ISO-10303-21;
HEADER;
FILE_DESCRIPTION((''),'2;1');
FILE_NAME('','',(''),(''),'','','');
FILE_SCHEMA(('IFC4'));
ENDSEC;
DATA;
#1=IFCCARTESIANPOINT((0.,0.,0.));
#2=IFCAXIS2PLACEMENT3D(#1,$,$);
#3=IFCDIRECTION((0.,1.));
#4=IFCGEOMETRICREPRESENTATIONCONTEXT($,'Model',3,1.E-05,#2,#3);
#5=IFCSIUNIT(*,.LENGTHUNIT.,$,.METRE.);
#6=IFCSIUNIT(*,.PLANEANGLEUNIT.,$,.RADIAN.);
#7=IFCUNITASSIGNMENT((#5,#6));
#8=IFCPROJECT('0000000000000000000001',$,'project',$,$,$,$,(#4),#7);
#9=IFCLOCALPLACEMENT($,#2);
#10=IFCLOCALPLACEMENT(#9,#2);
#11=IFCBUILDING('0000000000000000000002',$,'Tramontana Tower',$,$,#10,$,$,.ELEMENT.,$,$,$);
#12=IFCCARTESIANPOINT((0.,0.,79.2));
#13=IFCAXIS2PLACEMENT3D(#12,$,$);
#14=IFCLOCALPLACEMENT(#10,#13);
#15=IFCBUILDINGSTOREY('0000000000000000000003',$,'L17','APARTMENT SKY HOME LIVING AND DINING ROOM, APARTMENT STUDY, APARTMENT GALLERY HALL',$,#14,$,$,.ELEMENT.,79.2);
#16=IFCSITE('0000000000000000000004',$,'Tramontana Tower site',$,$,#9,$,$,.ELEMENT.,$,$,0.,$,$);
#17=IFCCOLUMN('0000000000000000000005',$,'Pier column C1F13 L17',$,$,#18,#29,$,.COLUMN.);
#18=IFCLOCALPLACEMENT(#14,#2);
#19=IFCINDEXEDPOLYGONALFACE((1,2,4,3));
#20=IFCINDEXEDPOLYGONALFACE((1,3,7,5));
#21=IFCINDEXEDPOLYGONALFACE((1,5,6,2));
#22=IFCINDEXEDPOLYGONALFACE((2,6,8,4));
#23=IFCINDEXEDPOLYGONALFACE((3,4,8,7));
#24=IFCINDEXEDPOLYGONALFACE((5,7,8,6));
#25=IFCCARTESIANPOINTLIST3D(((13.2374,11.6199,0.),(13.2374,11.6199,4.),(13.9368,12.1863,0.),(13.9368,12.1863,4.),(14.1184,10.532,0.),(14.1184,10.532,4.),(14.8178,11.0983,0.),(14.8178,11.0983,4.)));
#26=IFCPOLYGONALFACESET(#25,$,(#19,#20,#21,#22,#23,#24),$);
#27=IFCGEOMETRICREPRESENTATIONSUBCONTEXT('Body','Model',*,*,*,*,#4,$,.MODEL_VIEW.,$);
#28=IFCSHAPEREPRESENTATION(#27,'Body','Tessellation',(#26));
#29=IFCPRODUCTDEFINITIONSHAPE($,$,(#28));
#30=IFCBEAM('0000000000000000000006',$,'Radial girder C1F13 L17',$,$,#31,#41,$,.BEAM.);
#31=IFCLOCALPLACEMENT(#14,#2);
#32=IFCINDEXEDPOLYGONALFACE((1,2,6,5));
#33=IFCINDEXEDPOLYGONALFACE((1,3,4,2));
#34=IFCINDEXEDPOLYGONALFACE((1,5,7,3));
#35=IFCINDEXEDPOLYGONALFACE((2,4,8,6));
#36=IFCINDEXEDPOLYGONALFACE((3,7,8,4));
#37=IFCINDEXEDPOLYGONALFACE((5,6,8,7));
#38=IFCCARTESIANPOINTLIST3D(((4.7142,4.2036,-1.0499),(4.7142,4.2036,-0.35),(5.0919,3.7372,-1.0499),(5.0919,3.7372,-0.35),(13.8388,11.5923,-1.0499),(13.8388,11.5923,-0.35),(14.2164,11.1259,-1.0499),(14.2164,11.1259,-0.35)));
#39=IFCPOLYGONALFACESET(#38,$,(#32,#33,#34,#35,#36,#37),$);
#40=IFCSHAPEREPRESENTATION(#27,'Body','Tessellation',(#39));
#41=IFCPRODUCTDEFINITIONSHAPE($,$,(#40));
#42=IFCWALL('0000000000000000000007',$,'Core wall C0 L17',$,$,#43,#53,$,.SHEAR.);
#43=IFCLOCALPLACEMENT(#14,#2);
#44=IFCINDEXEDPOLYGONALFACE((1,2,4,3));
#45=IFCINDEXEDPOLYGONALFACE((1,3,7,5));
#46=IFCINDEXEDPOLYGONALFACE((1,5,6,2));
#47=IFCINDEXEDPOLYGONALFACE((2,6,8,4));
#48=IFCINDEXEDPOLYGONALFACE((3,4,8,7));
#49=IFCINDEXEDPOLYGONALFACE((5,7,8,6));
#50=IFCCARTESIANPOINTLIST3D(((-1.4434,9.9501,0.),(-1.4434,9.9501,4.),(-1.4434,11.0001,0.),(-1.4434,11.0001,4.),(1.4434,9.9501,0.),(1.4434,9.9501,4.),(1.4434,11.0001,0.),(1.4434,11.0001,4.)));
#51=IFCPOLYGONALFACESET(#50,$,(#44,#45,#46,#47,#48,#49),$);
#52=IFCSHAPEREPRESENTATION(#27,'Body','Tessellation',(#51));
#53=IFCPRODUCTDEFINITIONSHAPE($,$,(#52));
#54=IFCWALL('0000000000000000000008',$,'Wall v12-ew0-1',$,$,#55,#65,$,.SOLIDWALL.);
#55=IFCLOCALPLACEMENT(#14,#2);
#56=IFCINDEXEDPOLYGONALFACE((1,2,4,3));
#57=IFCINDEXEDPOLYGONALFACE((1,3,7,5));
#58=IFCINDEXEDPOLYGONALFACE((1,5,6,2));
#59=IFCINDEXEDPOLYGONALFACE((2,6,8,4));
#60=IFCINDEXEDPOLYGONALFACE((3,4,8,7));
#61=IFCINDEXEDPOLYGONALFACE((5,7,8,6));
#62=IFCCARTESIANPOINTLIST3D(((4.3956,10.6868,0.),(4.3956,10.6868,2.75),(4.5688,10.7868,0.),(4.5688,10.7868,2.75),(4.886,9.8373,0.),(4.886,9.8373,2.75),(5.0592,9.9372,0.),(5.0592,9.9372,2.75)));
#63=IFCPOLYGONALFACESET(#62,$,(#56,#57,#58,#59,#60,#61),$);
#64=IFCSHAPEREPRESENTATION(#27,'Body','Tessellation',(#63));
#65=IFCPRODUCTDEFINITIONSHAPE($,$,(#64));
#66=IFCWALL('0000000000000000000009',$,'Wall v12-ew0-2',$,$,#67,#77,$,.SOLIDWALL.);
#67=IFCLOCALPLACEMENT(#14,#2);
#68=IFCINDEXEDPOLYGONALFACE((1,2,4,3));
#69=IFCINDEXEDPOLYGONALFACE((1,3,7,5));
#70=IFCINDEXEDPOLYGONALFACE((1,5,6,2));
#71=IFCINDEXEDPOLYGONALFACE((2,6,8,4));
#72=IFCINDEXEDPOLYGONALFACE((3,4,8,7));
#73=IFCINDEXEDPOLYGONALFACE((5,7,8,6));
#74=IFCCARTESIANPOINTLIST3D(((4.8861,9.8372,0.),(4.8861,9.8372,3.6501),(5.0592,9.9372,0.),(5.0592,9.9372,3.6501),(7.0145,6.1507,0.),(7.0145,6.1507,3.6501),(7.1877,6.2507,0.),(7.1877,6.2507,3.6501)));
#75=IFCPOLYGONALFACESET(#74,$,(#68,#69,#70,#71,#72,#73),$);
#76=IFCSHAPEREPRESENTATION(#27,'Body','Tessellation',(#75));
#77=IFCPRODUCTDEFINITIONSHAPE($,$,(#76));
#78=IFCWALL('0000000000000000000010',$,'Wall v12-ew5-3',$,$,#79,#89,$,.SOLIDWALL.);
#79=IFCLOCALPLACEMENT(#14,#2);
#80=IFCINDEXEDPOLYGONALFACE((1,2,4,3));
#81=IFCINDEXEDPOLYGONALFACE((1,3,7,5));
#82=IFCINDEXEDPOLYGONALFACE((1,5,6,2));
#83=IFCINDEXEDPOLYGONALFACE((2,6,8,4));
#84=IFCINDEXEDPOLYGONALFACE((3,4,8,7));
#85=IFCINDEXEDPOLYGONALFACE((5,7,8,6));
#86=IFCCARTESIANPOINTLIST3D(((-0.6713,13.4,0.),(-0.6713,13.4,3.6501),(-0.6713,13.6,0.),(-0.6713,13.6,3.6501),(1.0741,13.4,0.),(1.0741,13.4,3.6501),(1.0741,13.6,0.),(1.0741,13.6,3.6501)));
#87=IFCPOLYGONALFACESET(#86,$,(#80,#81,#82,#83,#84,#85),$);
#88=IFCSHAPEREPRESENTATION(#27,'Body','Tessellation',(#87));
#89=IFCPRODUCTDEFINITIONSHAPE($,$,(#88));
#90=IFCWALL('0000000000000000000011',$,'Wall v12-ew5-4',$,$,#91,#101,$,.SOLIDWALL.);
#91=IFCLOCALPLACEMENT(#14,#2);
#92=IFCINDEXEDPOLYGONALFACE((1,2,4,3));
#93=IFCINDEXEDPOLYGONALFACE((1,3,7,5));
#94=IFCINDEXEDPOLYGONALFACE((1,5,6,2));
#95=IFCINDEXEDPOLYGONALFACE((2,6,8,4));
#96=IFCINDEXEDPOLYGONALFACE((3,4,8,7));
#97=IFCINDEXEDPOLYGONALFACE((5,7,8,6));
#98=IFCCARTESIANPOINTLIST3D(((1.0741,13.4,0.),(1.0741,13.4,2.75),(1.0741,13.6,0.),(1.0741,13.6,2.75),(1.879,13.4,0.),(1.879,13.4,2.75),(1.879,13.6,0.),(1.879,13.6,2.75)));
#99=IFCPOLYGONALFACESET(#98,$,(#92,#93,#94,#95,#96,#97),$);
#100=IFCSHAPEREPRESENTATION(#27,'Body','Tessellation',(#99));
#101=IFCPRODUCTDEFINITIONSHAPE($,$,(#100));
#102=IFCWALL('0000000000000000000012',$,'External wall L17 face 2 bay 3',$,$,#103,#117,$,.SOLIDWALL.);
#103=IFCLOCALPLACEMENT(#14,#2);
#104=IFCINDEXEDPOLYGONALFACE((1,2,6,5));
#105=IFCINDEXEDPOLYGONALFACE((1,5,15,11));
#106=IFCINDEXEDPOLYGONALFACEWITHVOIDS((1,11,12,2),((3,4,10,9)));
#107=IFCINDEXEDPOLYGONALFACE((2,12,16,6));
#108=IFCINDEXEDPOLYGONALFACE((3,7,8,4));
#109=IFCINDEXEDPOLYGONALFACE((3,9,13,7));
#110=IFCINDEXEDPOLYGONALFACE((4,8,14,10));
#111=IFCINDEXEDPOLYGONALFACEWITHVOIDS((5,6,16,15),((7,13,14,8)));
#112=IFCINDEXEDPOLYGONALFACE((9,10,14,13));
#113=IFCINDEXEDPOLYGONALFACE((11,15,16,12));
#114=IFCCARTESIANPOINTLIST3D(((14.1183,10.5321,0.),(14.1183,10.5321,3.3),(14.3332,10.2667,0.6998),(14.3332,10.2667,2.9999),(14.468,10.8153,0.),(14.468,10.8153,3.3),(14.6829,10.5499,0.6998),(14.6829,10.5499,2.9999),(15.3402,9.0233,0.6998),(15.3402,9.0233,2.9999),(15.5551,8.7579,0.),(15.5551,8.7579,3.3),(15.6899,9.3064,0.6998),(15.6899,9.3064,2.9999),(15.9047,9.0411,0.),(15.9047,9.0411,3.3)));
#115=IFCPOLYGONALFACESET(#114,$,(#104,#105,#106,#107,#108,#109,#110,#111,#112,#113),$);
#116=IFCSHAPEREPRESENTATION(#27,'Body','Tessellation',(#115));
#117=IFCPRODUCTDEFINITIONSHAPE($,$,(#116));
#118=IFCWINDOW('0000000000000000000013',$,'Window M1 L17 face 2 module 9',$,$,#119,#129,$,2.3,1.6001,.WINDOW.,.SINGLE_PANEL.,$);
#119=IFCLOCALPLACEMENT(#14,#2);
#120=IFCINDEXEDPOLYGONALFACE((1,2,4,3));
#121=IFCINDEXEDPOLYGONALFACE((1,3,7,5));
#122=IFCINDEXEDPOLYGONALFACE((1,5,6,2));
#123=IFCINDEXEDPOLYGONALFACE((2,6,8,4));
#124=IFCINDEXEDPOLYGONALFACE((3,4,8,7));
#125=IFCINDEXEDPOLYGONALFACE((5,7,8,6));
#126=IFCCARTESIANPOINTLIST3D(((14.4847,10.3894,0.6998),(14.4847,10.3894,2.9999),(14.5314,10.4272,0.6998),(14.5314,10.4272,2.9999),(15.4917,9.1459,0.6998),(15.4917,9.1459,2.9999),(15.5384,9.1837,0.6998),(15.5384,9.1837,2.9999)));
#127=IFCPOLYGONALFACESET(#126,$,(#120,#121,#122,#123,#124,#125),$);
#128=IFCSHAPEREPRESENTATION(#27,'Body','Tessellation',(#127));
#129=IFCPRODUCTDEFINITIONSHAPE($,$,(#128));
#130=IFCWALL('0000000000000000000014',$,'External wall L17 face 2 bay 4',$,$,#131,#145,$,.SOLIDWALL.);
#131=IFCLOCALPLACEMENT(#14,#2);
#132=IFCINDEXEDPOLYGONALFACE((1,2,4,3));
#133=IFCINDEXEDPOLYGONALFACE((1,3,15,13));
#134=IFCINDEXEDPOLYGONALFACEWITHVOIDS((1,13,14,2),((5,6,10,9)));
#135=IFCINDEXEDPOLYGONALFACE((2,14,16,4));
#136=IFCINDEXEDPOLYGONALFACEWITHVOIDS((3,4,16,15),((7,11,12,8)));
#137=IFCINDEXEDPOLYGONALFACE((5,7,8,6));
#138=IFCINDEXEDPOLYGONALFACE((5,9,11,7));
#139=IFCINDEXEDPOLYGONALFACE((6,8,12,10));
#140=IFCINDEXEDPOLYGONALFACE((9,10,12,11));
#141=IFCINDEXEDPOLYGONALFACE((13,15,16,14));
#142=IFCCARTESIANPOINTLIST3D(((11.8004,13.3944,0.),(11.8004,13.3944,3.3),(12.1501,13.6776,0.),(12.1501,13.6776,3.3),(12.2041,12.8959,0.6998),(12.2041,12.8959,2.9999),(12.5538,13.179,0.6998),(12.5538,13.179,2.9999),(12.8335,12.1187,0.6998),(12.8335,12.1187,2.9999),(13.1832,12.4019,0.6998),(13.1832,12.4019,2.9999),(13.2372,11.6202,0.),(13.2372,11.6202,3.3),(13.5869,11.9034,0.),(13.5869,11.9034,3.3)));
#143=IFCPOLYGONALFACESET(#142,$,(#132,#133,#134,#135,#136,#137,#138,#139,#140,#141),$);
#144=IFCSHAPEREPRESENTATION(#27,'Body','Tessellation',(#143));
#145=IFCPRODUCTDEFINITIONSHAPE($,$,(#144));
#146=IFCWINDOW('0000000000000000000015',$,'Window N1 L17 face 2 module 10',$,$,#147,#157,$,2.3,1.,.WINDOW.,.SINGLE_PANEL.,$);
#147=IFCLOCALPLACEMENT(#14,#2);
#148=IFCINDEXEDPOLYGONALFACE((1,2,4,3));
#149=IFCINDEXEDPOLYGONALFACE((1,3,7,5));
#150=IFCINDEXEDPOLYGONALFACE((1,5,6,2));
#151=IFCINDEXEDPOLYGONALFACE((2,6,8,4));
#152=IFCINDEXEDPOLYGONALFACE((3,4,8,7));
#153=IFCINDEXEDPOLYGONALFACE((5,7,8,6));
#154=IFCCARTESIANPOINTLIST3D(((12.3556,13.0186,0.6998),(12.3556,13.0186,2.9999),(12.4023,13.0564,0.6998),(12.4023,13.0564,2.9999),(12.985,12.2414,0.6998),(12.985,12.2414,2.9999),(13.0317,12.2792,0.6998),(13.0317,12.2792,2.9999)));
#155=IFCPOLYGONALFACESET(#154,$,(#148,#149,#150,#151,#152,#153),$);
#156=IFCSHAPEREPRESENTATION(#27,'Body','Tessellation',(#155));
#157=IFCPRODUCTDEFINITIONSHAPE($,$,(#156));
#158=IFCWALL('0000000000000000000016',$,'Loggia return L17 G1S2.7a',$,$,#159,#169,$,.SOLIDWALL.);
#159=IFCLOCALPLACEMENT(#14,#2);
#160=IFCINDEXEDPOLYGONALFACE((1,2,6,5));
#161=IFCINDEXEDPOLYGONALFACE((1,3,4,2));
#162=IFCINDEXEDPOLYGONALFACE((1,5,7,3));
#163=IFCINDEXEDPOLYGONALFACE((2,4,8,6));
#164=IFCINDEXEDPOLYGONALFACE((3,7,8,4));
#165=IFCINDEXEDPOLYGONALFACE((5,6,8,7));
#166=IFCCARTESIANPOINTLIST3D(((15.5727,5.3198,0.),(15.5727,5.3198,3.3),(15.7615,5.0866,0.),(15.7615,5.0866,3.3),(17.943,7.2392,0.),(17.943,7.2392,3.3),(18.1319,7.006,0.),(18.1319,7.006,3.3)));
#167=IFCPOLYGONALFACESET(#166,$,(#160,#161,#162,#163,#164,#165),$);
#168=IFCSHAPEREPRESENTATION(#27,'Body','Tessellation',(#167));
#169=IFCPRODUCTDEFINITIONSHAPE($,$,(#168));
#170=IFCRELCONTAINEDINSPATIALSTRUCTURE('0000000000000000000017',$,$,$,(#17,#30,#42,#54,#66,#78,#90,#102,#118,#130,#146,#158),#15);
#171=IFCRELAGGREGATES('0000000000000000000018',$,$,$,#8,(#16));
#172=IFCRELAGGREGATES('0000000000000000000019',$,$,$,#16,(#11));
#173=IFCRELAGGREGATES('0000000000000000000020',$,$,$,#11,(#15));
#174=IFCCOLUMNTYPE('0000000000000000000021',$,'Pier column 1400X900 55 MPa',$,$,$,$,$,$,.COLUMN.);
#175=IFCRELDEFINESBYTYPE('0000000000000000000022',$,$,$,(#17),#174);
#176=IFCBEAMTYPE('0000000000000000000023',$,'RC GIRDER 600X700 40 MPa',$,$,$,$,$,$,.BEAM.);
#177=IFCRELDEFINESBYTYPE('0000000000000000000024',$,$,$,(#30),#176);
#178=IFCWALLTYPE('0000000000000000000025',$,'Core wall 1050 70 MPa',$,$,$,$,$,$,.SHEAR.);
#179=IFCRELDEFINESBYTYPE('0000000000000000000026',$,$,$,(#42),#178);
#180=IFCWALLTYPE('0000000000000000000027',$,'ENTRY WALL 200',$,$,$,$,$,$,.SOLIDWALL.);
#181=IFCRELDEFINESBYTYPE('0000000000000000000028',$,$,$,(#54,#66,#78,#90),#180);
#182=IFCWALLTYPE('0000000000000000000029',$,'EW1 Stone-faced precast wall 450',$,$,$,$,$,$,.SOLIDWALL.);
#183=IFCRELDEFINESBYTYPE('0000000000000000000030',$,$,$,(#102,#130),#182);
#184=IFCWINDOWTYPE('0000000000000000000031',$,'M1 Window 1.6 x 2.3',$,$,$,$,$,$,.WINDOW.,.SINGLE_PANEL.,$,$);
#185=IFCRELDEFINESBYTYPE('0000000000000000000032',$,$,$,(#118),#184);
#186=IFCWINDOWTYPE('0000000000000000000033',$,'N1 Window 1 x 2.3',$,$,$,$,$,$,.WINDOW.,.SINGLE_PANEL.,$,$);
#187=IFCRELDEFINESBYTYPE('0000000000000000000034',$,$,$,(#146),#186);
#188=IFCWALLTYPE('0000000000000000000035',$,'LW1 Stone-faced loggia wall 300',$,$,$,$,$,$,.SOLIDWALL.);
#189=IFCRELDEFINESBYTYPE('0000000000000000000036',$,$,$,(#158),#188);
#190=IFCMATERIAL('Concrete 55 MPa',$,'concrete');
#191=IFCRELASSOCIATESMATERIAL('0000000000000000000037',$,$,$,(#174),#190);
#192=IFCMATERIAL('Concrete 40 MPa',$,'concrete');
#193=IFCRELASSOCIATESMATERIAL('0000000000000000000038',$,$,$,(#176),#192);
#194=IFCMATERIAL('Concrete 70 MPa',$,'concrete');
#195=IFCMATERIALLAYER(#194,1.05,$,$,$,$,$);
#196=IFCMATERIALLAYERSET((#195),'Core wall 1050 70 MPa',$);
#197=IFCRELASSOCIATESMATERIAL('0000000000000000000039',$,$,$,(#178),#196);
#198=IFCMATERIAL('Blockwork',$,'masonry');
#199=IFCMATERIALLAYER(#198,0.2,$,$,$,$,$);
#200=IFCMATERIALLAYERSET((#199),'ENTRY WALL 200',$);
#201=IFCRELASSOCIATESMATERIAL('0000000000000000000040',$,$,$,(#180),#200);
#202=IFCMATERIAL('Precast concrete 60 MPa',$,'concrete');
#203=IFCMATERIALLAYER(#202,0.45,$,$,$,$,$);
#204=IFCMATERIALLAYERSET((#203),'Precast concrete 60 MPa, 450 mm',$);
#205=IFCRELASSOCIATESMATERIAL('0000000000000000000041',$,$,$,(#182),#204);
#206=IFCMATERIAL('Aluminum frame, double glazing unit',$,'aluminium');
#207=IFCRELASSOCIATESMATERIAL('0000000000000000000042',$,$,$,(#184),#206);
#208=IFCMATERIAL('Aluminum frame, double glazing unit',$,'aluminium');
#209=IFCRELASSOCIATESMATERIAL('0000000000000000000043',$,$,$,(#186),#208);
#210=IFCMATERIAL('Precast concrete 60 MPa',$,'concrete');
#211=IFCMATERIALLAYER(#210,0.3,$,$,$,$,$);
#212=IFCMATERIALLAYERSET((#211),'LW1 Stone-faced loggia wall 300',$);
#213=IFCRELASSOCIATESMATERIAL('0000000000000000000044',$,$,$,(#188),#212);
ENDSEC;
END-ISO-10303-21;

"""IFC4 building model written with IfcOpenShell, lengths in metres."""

from ifc_helpers import new_model, si_unit, direction, frame, frame_2d, origin, origin_2d, place, context, subcontext, project, spatial, rectangle, extrude, material, layer, layer_set, material_profile, profile_set, type_object, element, fill, save


model = new_model("IFC4")

# Units and contexts
model_context = context("Model", 3, precision=1e-05, world=origin(), true_north=direction((0.0, 1.0)))
body_context = subcontext(model_context, "Body", "Model", "MODEL_VIEW")
ifc_project = project(units=[si_unit("LENGTHUNIT", "METRE"), si_unit("PLANEANGLEUNIT", "RADIAN")], contexts=[model_context])

# Site, building, storey
site_placement = place(None, origin())
site = spatial("IfcSite", under=ifc_project, at=site_placement, Name="Tramontana Tower site", CompositionType="ELEMENT", RefElevation=0.0)
building_placement = place(site_placement, origin())
building = spatial("IfcBuilding", under=site, at=building_placement, Name="Tramontana Tower", CompositionType="ELEMENT")
storey_placement = place(building_placement, frame((0.0, 0.0, 79.2)))
storey = spatial("IfcBuildingStorey", under=building, at=storey_placement, Name="L17", Description="APARTMENT SKY HOME LIVING AND DINING ROOM, APARTMENT STUDY, APARTMENT GALLERY HALL", CompositionType="ELEMENT", Elevation=79.2)

# Column
ifc_material_1 = material(Name="Concrete 55 MPa", Category="concrete")
ifc_material_profile_1 = material_profile(ifc_material_1, rectangle(XDim=1.3999, YDim=0.8999, at=origin_2d()), Name="Pier column 1400X900 55 MPa")
ifc_profile_set_1 = profile_set([ifc_material_profile_1], Name="Concrete 55 MPa")
column_type = type_object("IfcColumnType", Name="Pier column 1400X900 55 MPa", PredefinedType="COLUMN", material=ifc_profile_set_1)
column_placement = place(storey_placement, frame((14.0276, 11.3591, 0.0), z_axis=(0.0, 0.0, 1.0), x_axis=(-0.62932, 0.777146, 0.0)))
element("IfcColumn", 1, at=column_placement, inside=storey, type_object=column_type, Name="Pier column C1F13 L17", PredefinedType="COLUMN", context=body_context, shape_type="SweptSolid", body=[
    extrude(rectangle(XDim=1.3999, YDim=0.8999, at=origin_2d()), origin(), (0.0, 0.0, 1.0), 4.0),
])

# Beam
ifc_material_2 = material(Name="Concrete 40 MPa", Category="concrete")
ifc_material_profile_2 = material_profile(ifc_material_2, rectangle(XDim=0.6001, YDim=0.7, at=origin_2d()), Name="RC GIRDER 600X700 40 MPa")
ifc_profile_set_2 = profile_set([ifc_material_profile_2], Name="Concrete 40 MPa")
beam_type = type_object("IfcBeamType", Name="RC GIRDER 600X700 40 MPa", PredefinedType="BEAM", material=ifc_profile_set_2)
beam_placement = place(storey_placement, frame((14.0276, 11.3591, -0.7), z_axis=(-0.777155, -0.629309, 0.0), x_axis=(0.629309, -0.777155, 0.0)))
element("IfcBeam", 2, at=beam_placement, inside=storey, type_object=beam_type, Name="Radial girder C1F13 L17", PredefinedType="BEAM", context=body_context, shape_type="SweptSolid", body=[
    extrude(rectangle(XDim=0.6001, YDim=0.7, at=origin_2d()), origin(), (0.0, 0.0, 1.0), 11.741),
])

# Walls
ifc_material_3 = material(Name="Concrete 70 MPa", Category="concrete")
ifc_layer_1 = layer(ifc_material_3, 1.05)
ifc_layer_set_1 = layer_set([ifc_layer_1], Name="Core wall 1050 70 MPa")
wall_type_1 = type_object("IfcWallType", Name="Core wall 1050 70 MPa", PredefinedType="SHEAR", material=ifc_layer_set_1)
wall_1_placement = place(storey_placement, frame((1.4434, 10.4751, 0.0), z_axis=(0.0, 0.0, 1.0), x_axis=(-1.0, 0.0, 0.0)))
element("IfcWall", 3, at=wall_1_placement, inside=storey, type_object=wall_type_1, Name="Core wall C0 L17", PredefinedType="SHEAR", context=body_context, shape_type="SweptSolid", body=[
    extrude(rectangle(XDim=2.8867, YDim=1.05, at=frame_2d((1.4434, 0.0))), origin(), (0.0, 0.0, 1.0), 4.0),
])
ifc_material_4 = material(Name="Blockwork", Category="masonry")
ifc_layer_2 = layer(ifc_material_4, 0.2)
ifc_layer_set_2 = layer_set([ifc_layer_2], Name="ENTRY WALL 200")
wall_type_2 = type_object("IfcWallType", Name="ENTRY WALL 200", PredefinedType="SOLIDWALL", material=ifc_layer_set_2)
wall_2_placement = place(storey_placement, frame((4.4822, 10.7368, 0.0), z_axis=(0.0, 0.0, 1.0), x_axis=(0.499967, -0.866045, 0.0)))
element("IfcWall", 4, at=wall_2_placement, inside=storey, type_object=wall_type_2, Name="Wall v12-ew0-1", PredefinedType="SOLIDWALL", context=body_context, shape_type="SweptSolid", body=[
    extrude(rectangle(XDim=0.981, YDim=0.2, at=frame_2d((0.4905, 0.0))), origin(), (0.0, 0.0, 1.0), 2.75),
])
wall_3_placement = place(storey_placement, frame((4.9727, 9.8872, 0.0), z_axis=(0.0, 0.0, 1.0), x_axis=(0.5, -0.866025, 0.0)))
element("IfcWall", 5, at=wall_3_placement, inside=storey, type_object=wall_type_2, Name="Wall v12-ew0-2", PredefinedType="SOLIDWALL", context=body_context, shape_type="SweptSolid", body=[
    extrude(rectangle(XDim=4.2568, YDim=0.2, at=frame_2d((2.1284, 0.0))), origin(), (0.0, 0.0, 1.0), 3.6501),
])
wall_4_placement = place(storey_placement, frame((-0.6711, 13.5, 0.0), z_axis=(0.0, 0.0, 1.0), x_axis=(1.0, 0.0, 0.0)))
element("IfcWall", 6, at=wall_4_placement, inside=storey, type_object=wall_type_2, Name="Wall v12-ew5-3", PredefinedType="SOLIDWALL", context=body_context, shape_type="SweptSolid", body=[
    extrude(rectangle(XDim=1.7454, YDim=0.2, at=frame_2d((0.8726, 0.0))), origin(), (0.0, 0.0, 1.0), 3.6501),
])
wall_5_placement = place(storey_placement, frame((1.0742, 13.5, 0.0), z_axis=(0.0, 0.0, 1.0), x_axis=(1.0, 0.0, 0.0)))
element("IfcWall", 7, at=wall_5_placement, inside=storey, type_object=wall_type_2, Name="Wall v12-ew5-4", PredefinedType="SOLIDWALL", context=body_context, shape_type="SweptSolid", body=[
    extrude(rectangle(XDim=0.8049, YDim=0.2, at=frame_2d((0.4023, 0.0))), origin(), (0.0, 0.0, 1.0), 2.75),
])

# Walls, openings, windows
ifc_material_5 = material(Name="Precast concrete 60 MPa", Category="concrete")
ifc_layer_3 = layer(ifc_material_5, 0.45)
ifc_layer_set_3 = layer_set([ifc_layer_3], Name="Precast concrete 60 MPa, 450 mm")
wall_type_3 = type_object("IfcWallType", Name="EW1 Stone-faced precast wall 450", PredefinedType="SOLIDWALL", material=ifc_layer_set_3)
wall_6_placement = place(storey_placement, frame((15.73, 8.8994, 0.0), z_axis=(0.0, 0.0, 1.0), x_axis=(-0.62934, 0.77713, 0.0)))
wall_6 = element("IfcWall", 8, at=wall_6_placement, inside=storey, type_object=wall_type_3, Name="External wall L17 face 2 bay 3", PredefinedType="SOLIDWALL", context=body_context, shape_type="SweptSolid", body=[
    extrude(rectangle(XDim=2.283, YDim=0.45, at=frame_2d((1.1416, 0.0))), origin(), (0.0, 0.0, 1.0), 3.3),
])
opening_1_placement = place(wall_6_placement, frame((0.3416, 0.0, 0.7)))
opening_1 = element("IfcOpeningElement", 9, at=opening_1_placement, cuts=wall_6, PredefinedType="OPENING", context=body_context, shape_type="SweptSolid", body=[
    extrude(rectangle(XDim=1.6001, YDim=2.3, at=frame_2d((0.8, 1.1499))), frame((0.0, 0.2349, 0.0), z_axis=(0.0, -1.0, 0.0), x_axis=(1.0, 0.0, 0.0)), (0.0, 0.0, 1.0), 0.47),
])
ifc_material_6 = material(Name="Aluminum frame, double glazing unit", Category="aluminium")
window_type_1 = type_object("IfcWindowType", Name="M1 Window 1.6 x 2.3", PartitioningType="SINGLE_PANEL", PredefinedType="WINDOW", material=ifc_material_6)
window_1_placement = place(opening_1_placement, origin())
window_1 = element("IfcWindow", 10, at=window_1_placement, inside=storey, type_object=window_type_1, Name="Window M1 L17 face 2 module 9", OverallHeight=2.3, OverallWidth=1.6001, PartitioningType="SINGLE_PANEL", PredefinedType="WINDOW", context=body_context, shape_type="SweptSolid", body=[
    extrude(rectangle(XDim=1.6001, YDim=2.3, at=frame_2d((0.8, 1.1499))), frame((0.0, 0.03, 0.0), z_axis=(0.0, -1.0, 0.0), x_axis=(1.0, 0.0, 0.0)), (0.0, 0.0, 1.0), 0.0601),
])
fill(opening_1, window_1)
wall_7_placement = place(storey_placement, frame((13.4121, 11.7617, 0.0), z_axis=(0.0, 0.0, 1.0), x_axis=(-0.62934, 0.77713, 0.0)))
wall_7 = element("IfcWall", 11, at=wall_7_placement, inside=storey, type_object=wall_type_3, Name="External wall L17 face 2 bay 4", PredefinedType="SOLIDWALL", context=body_context, shape_type="SweptSolid", body=[
    extrude(rectangle(XDim=2.283, YDim=0.45, at=frame_2d((1.1416, 0.0))), origin(), (0.0, 0.0, 1.0), 3.3),
])
opening_2_placement = place(wall_7_placement, frame((0.6416, 0.0, 0.7)))
opening_2 = element("IfcOpeningElement", 12, at=opening_2_placement, cuts=wall_7, PredefinedType="OPENING", context=body_context, shape_type="SweptSolid", body=[
    extrude(rectangle(XDim=1.0, YDim=2.3, at=frame_2d((0.5, 1.1499))), frame((0.0, 0.2349, 0.0), z_axis=(0.0, -1.0, 0.0), x_axis=(1.0, 0.0, 0.0)), (0.0, 0.0, 1.0), 0.47),
])
ifc_material_7 = material(Name="Aluminum frame, double glazing unit", Category="aluminium")
window_type_2 = type_object("IfcWindowType", Name="N1 Window 1 x 2.3", PartitioningType="SINGLE_PANEL", PredefinedType="WINDOW", material=ifc_material_7)
window_2_placement = place(opening_2_placement, origin())
window_2 = element("IfcWindow", 13, at=window_2_placement, inside=storey, type_object=window_type_2, Name="Window N1 L17 face 2 module 10", OverallHeight=2.3, OverallWidth=1.0, PartitioningType="SINGLE_PANEL", PredefinedType="WINDOW", context=body_context, shape_type="SweptSolid", body=[
    extrude(rectangle(XDim=1.0, YDim=2.3, at=frame_2d((0.5, 1.1499))), frame((0.0, 0.03, 0.0), z_axis=(0.0, -1.0, 0.0), x_axis=(1.0, 0.0, 0.0)), (0.0, 0.0, 1.0), 0.0601),
])
fill(opening_2, window_2)

# Wall
ifc_material_8 = material(Name="Precast concrete 60 MPa", Category="concrete")
ifc_layer_4 = layer(ifc_material_8, 0.3)
ifc_layer_set_4 = layer_set([ifc_layer_4], Name="LW1 Stone-faced loggia wall 300")
wall_type_4 = type_object("IfcWallType", Name="LW1 Stone-faced loggia wall 300", PredefinedType="SOLIDWALL", material=ifc_layer_set_4)
for number, where, z_axis, x_axis, name in (
    (14, (18.0374, 7.1226, 0.0), (0.0, 0.0, 1.0), (-0.777154, -0.629311, 0.0), "Loggia return L17 G1S2.7a"),
):
    element("IfcWall", number, at=place(storey_placement, frame(where, z_axis=z_axis, x_axis=x_axis)), inside=storey, type_object=wall_type_4, Name=name, PredefinedType="SOLIDWALL", context=body_context, shape_type="SweptSolid", body=[
        extrude(rectangle(XDim=3.05, YDim=0.3, at=frame_2d((1.5249, 0.0))), origin(), (0.0, 0.0, 1.0), 3.3),
    ])

save(model, "model.ifc")
